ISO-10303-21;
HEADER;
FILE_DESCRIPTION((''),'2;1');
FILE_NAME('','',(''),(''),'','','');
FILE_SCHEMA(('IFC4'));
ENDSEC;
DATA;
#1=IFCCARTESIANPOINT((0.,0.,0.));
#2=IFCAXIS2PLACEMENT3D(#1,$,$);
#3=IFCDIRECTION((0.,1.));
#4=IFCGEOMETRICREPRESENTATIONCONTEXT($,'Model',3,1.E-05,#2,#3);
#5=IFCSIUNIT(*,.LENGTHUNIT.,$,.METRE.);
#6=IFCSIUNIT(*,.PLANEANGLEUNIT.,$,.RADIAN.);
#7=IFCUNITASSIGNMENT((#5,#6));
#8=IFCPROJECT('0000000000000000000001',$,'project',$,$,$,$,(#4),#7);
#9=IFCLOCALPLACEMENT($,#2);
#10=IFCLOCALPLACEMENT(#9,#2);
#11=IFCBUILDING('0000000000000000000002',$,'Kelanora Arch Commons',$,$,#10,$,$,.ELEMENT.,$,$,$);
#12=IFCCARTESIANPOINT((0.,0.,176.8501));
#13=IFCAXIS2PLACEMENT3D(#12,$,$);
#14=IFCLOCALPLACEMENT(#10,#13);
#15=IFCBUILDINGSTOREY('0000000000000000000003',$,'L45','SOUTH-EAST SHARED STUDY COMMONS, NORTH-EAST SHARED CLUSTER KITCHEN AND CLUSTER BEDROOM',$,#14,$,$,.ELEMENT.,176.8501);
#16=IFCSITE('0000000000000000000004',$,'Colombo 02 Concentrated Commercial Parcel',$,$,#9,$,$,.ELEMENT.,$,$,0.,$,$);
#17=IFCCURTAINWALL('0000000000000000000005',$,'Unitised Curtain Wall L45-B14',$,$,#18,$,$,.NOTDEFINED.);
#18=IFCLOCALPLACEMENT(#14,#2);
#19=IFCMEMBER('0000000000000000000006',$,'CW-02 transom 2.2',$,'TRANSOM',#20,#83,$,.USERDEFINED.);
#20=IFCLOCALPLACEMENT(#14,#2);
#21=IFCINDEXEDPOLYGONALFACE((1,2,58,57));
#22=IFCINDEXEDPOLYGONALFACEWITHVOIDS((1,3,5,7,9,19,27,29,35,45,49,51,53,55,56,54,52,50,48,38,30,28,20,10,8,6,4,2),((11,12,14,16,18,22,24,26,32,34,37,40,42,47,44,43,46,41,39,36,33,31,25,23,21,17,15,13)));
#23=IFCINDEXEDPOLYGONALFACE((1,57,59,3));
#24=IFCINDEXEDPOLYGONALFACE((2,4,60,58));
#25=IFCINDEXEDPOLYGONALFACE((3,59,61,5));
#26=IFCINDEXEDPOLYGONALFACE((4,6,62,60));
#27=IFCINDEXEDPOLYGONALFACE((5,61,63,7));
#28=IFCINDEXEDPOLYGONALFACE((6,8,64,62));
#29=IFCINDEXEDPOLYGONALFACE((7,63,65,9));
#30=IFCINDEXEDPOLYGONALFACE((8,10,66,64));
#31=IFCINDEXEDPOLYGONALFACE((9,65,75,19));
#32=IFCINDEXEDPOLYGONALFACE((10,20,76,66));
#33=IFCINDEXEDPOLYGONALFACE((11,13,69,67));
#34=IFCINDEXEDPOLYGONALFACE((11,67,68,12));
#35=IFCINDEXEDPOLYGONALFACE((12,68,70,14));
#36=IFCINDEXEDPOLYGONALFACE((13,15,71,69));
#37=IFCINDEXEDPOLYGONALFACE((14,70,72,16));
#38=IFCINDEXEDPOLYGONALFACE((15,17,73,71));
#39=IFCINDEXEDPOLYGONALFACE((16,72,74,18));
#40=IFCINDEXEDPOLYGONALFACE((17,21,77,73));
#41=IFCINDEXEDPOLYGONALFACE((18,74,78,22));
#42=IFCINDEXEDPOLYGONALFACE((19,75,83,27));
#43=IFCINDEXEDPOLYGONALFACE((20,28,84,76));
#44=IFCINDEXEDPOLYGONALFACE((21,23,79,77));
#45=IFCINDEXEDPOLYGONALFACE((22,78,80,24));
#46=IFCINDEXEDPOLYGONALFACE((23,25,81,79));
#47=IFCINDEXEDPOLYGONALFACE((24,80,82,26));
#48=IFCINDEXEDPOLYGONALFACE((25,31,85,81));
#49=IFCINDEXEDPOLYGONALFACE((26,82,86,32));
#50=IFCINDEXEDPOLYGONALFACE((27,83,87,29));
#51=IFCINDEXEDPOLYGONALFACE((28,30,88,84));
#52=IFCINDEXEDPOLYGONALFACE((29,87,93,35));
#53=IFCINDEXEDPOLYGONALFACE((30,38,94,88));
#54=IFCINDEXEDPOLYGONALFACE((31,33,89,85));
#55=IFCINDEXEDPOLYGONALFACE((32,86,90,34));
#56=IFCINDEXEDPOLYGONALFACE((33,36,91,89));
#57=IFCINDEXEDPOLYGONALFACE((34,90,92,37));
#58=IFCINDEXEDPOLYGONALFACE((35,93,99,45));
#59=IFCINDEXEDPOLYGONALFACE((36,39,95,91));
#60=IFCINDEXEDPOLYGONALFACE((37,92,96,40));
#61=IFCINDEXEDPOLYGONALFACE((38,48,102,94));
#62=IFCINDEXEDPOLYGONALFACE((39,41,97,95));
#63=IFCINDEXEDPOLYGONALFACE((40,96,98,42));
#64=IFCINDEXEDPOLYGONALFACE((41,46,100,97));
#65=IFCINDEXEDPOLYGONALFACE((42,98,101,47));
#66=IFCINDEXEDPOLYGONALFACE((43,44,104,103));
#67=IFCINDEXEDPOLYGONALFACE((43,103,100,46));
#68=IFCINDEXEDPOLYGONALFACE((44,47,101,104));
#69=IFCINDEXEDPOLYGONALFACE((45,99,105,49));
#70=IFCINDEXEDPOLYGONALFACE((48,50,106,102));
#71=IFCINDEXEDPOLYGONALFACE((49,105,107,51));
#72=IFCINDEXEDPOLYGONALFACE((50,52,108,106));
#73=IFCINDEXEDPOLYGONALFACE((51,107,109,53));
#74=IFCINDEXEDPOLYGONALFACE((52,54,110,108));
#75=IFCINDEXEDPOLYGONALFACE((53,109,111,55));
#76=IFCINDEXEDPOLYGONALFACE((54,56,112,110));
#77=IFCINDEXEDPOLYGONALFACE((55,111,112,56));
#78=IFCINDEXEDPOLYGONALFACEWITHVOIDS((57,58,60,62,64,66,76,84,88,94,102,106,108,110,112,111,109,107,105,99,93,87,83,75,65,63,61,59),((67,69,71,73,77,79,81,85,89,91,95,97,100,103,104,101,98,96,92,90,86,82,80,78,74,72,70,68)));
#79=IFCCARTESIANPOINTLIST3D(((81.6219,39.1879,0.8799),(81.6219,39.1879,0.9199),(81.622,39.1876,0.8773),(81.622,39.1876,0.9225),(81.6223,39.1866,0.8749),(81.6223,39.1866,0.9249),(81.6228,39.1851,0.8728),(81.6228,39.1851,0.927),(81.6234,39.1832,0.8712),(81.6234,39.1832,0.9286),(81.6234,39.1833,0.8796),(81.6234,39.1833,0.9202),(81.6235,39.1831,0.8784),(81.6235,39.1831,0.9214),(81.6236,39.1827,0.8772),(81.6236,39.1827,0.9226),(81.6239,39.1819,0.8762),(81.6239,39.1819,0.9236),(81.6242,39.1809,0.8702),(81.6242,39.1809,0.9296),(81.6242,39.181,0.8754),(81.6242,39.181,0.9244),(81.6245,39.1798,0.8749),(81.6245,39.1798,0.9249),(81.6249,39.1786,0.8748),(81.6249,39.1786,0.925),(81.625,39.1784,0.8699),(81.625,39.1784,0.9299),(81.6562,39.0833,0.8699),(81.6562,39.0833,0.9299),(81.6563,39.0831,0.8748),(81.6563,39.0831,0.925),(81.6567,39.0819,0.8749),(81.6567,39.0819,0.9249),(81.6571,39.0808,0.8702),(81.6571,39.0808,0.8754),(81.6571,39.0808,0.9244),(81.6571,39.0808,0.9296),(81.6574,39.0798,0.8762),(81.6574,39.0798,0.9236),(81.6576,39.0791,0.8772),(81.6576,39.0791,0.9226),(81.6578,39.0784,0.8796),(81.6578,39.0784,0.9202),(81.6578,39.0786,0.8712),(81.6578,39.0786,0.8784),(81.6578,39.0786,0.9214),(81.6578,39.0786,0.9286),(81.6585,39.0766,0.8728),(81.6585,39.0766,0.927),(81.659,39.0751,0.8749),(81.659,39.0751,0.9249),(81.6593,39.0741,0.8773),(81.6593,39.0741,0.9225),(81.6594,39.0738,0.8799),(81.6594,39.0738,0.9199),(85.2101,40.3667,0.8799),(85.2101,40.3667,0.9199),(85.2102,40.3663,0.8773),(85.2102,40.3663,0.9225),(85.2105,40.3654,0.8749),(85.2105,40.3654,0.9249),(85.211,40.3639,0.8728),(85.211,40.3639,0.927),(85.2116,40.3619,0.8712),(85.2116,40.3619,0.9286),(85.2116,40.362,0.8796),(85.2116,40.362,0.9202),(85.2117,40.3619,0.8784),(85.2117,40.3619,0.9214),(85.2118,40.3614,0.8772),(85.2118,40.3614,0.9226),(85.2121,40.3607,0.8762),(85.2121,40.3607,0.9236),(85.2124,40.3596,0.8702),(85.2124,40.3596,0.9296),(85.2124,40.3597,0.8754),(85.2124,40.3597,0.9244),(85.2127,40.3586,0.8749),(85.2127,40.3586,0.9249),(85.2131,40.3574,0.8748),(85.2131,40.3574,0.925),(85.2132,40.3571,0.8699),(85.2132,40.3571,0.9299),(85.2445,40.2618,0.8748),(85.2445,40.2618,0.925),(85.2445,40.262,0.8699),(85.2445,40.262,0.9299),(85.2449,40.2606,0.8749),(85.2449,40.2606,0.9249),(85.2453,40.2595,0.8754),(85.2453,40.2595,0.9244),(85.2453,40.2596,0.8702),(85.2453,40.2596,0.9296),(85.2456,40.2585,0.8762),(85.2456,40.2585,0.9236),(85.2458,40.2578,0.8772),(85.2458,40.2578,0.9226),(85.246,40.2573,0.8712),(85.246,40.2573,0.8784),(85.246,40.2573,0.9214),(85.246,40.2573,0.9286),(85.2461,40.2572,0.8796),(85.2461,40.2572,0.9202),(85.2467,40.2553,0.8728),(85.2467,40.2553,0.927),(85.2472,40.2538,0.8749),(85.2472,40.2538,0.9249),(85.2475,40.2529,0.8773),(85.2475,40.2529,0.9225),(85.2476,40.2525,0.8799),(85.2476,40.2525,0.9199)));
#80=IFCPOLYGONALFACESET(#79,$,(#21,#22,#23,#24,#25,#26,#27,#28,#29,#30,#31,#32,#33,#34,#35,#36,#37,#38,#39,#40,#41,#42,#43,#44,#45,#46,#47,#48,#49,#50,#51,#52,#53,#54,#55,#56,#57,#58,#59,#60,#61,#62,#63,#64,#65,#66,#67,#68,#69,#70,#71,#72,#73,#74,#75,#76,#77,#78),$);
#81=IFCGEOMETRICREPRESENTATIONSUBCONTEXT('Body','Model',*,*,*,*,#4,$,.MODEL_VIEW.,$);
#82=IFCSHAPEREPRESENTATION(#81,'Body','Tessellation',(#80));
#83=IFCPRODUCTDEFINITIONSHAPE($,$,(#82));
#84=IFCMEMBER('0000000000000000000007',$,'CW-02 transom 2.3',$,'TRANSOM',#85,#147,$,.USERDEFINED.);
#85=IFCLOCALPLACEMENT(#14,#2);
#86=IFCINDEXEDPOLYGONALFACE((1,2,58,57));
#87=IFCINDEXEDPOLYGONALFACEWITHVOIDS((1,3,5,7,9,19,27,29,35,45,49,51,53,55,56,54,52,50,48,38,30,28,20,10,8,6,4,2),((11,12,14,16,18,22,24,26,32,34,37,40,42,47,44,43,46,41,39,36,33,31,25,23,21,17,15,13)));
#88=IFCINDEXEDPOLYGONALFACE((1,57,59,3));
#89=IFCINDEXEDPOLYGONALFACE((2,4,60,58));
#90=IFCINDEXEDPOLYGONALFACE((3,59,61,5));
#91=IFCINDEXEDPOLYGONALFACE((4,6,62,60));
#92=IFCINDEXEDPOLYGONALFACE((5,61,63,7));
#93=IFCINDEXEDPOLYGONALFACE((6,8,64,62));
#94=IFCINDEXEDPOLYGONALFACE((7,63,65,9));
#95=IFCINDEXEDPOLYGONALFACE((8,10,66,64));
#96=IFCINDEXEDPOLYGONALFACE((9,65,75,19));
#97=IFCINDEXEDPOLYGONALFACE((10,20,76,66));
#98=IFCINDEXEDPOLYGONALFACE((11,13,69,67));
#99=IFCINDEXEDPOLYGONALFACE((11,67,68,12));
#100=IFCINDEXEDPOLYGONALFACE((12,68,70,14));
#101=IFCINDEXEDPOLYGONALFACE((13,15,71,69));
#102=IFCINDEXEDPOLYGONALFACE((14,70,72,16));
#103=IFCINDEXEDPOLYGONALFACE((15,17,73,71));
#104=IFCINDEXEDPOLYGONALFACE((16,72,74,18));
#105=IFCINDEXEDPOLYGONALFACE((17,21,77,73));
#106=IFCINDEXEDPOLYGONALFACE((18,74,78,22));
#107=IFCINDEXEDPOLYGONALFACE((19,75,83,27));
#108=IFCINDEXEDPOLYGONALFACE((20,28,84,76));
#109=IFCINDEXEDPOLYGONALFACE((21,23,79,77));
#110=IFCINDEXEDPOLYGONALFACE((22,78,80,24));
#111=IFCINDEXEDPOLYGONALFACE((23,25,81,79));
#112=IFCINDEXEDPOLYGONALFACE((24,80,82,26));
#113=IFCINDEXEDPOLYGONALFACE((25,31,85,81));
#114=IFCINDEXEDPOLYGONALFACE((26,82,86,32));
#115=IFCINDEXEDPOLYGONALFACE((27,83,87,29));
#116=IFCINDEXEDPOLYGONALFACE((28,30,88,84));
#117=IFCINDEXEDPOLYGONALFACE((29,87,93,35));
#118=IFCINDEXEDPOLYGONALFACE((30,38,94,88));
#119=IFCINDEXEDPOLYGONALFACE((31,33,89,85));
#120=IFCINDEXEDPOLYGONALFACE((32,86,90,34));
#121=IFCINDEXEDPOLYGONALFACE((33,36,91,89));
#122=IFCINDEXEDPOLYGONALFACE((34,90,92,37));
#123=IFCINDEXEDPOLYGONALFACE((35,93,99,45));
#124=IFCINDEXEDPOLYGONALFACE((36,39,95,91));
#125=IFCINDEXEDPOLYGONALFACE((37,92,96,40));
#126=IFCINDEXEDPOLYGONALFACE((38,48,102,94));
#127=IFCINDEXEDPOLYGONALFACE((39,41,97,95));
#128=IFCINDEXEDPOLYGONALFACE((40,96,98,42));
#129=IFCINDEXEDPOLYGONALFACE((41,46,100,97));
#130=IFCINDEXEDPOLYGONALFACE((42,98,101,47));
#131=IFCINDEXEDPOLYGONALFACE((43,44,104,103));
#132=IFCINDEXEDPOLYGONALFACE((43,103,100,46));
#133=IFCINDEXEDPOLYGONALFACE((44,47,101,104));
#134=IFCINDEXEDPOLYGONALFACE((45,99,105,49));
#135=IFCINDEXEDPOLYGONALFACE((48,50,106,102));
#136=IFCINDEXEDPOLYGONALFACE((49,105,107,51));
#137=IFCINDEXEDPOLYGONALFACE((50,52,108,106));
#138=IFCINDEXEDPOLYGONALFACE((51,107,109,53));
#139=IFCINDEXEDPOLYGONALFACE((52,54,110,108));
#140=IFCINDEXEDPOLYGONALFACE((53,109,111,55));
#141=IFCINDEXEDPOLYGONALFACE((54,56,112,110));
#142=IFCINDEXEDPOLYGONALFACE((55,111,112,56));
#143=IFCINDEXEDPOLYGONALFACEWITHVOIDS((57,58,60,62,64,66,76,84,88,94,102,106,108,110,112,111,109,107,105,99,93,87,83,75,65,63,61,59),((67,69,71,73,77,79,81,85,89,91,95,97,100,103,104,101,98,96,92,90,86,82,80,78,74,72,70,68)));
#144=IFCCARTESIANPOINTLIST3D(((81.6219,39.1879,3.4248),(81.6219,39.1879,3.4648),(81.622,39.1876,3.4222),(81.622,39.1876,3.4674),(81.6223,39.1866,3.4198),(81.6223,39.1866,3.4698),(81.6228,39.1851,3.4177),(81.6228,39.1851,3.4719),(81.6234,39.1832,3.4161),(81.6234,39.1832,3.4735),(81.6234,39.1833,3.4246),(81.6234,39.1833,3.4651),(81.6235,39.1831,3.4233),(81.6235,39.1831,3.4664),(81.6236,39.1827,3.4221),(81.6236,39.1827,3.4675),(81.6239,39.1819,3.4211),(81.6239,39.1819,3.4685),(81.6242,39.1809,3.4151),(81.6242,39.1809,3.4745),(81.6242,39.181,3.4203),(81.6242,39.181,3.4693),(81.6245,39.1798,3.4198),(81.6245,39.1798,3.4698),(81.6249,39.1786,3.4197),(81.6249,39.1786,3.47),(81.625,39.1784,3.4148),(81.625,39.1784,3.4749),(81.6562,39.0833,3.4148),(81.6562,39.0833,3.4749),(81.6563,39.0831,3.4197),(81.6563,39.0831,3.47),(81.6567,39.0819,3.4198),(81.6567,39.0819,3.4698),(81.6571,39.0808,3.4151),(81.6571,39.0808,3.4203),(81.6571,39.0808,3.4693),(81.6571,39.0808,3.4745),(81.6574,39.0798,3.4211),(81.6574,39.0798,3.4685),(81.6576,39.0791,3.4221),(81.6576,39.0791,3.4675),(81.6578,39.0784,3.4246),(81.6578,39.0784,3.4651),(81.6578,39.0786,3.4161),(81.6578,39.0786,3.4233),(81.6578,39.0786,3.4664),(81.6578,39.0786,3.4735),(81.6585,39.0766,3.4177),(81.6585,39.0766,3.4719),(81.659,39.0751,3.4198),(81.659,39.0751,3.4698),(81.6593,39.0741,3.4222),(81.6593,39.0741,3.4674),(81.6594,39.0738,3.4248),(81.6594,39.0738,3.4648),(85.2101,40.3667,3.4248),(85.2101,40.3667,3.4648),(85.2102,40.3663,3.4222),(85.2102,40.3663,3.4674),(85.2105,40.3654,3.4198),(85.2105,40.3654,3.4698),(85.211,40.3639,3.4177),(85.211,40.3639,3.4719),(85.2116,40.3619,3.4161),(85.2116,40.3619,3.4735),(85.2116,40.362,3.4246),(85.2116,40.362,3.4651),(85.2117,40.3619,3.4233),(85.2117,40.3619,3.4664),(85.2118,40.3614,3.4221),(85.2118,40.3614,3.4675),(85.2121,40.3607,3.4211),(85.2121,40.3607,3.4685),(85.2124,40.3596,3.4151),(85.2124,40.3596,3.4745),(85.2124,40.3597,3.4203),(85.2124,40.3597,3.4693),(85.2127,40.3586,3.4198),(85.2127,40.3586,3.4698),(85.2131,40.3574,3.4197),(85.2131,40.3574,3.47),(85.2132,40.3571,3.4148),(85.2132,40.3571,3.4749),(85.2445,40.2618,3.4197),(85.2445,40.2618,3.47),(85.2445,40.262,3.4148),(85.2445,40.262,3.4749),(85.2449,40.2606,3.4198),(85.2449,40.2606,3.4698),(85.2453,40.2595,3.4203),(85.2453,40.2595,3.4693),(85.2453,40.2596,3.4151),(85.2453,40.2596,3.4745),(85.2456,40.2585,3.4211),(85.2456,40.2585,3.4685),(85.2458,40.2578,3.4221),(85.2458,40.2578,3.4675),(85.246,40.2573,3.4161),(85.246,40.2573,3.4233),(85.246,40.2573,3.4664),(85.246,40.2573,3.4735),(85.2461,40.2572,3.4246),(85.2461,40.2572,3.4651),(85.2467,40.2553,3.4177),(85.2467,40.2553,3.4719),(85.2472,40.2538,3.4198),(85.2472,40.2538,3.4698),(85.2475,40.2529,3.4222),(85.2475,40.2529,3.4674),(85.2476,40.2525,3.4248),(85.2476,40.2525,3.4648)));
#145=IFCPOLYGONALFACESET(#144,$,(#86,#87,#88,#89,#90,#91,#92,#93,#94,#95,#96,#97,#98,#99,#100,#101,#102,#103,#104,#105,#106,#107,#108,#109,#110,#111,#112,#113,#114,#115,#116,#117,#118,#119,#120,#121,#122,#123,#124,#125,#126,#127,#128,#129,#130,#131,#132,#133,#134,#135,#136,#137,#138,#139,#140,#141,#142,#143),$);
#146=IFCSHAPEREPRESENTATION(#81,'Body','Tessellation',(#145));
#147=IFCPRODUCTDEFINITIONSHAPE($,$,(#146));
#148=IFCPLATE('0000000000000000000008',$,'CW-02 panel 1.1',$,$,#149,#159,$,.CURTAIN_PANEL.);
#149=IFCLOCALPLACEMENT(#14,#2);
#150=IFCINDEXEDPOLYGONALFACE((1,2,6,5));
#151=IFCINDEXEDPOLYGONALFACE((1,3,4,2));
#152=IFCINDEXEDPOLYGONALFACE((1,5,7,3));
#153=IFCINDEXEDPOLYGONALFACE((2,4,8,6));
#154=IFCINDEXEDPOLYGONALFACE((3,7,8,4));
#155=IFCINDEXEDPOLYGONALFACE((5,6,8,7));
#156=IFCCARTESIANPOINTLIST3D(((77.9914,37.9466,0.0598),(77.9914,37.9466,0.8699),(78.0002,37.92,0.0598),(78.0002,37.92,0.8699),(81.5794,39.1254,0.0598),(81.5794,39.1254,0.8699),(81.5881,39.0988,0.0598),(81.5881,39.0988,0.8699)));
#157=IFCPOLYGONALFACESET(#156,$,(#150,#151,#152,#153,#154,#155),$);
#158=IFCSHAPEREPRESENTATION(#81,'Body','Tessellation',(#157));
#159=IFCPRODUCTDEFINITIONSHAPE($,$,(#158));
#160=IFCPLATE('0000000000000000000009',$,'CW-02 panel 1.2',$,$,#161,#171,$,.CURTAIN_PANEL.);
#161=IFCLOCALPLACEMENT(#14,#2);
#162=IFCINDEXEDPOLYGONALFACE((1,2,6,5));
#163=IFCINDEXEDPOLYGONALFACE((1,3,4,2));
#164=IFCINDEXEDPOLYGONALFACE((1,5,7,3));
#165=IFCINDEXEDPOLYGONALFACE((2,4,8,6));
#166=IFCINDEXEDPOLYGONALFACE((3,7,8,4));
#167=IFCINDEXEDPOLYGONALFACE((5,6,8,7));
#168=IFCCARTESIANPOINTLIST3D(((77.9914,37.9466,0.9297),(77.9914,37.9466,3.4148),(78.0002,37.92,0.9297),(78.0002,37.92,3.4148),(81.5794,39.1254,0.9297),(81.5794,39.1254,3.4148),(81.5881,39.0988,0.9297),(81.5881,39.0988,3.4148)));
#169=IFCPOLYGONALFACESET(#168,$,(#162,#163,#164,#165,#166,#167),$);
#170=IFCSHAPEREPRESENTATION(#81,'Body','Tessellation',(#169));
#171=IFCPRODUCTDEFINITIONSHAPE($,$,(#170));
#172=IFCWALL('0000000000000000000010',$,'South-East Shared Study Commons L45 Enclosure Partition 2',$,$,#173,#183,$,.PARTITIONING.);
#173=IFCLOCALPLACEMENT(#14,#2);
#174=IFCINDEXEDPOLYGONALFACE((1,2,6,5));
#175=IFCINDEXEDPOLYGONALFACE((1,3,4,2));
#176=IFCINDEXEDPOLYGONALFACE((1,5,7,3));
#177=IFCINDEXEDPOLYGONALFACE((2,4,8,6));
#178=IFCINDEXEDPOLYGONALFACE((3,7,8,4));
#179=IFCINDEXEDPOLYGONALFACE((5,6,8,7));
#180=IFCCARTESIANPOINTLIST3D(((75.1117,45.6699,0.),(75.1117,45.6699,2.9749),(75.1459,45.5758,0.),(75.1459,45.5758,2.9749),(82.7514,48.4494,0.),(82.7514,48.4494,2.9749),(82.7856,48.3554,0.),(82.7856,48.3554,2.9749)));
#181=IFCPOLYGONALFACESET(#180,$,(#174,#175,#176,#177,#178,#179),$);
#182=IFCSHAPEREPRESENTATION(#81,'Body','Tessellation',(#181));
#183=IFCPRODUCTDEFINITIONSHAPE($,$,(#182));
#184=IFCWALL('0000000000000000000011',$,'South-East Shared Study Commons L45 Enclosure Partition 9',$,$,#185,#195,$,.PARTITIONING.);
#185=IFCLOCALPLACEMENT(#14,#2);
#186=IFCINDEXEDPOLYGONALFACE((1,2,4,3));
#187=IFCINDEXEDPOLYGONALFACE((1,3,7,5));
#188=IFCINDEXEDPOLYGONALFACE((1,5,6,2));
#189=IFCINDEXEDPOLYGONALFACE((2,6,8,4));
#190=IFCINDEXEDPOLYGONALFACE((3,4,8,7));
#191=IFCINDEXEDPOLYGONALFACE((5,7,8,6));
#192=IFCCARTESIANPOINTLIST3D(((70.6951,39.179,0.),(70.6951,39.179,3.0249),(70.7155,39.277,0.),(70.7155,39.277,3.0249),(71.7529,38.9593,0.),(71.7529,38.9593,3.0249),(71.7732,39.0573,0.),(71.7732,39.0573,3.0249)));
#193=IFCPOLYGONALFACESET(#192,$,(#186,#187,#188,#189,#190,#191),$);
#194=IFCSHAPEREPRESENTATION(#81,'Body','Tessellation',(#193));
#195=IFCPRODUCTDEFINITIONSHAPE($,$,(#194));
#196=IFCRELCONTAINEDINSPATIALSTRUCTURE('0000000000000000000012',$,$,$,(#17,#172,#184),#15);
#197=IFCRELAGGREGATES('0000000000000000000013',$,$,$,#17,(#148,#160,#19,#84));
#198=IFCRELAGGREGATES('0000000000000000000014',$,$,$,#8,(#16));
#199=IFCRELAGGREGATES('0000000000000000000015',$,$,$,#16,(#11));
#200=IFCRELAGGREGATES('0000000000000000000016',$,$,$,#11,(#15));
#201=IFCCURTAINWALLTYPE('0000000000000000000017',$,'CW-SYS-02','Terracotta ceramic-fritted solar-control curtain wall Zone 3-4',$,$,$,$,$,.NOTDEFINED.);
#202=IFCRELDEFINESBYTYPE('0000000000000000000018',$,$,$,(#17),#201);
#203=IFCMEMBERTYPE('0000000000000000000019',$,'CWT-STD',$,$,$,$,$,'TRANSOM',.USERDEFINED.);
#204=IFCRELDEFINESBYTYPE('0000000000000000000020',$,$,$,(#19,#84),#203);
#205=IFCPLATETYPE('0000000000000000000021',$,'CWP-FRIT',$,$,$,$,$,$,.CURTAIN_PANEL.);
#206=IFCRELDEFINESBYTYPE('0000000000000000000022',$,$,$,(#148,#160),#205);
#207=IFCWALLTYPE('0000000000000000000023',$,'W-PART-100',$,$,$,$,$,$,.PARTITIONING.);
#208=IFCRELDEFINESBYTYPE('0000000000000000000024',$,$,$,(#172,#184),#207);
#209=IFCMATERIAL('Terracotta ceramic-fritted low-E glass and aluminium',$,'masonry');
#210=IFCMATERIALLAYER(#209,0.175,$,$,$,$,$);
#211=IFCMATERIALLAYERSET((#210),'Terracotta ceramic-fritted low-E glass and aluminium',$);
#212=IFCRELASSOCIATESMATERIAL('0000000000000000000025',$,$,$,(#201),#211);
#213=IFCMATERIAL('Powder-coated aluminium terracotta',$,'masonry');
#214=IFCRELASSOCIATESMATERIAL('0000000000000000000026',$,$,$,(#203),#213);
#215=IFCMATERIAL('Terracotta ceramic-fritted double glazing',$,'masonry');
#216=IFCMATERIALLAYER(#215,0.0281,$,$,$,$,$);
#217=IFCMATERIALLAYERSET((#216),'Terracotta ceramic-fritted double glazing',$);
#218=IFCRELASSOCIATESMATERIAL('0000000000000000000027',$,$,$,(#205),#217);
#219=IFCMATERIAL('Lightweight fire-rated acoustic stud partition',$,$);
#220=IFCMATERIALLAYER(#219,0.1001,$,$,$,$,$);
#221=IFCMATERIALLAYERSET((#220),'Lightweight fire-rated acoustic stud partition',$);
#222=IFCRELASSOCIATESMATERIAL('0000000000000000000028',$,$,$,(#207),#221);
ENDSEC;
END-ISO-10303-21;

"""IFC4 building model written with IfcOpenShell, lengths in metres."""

from ifc_helpers import new_model, si_unit, direction, frame, frame_2d, origin, origin_2d, place, context, subcontext, project, spatial, rectangle, hollow_rectangle, extrude, source, transform, mapped, material, layer, layer_set, material_profile, profile_set, type_object, element, aggregate, save


model = new_model("IFC4")

# Units and contexts
model_context = context("Model", 3, precision=1e-05, world=origin(), true_north=direction((0.0, 1.0)))
body_context = subcontext(model_context, "Body", "Model", "MODEL_VIEW")
ifc_project = project(units=[si_unit("LENGTHUNIT", "METRE"), si_unit("PLANEANGLEUNIT", "RADIAN")], contexts=[model_context])

# Site, building, storey
site_placement = place(None, origin())
site = spatial("IfcSite", under=ifc_project, at=site_placement, Name="Colombo 02 Concentrated Commercial Parcel", CompositionType="ELEMENT", RefElevation=0.0)
building_placement = place(site_placement, origin())
building = spatial("IfcBuilding", under=site, at=building_placement, Name="Kelanora Arch Commons", CompositionType="ELEMENT")
storey_placement = place(building_placement, frame((0.0, 0.0, 176.8501)))
storey = spatial("IfcBuildingStorey", under=building, at=storey_placement, Name="L45", Description="SOUTH-EAST SHARED STUDY COMMONS, NORTH-EAST SHARED CLUSTER KITCHEN AND CLUSTER BEDROOM", CompositionType="ELEMENT", Elevation=176.8501)

# Curtain wall, members, plates
ifc_material_1 = material(Name="Terracotta ceramic-fritted low-E glass and aluminium", Category="masonry")
ifc_layer_1 = layer(ifc_material_1, 0.175)
ifc_layer_set_1 = layer_set([ifc_layer_1], Name="Terracotta ceramic-fritted low-E glass and aluminium")
curtain_wall_type = type_object("IfcCurtainWallType", Name="CW-SYS-02", Description="Terracotta ceramic-fritted solar-control curtain wall Zone 3-4", PredefinedType="NOTDEFINED", material=ifc_layer_set_1)
curtain_wall_placement = place(storey_placement, origin())
curtain_wall = element("IfcCurtainWall", 1, at=curtain_wall_placement, inside=storey, type_object=curtain_wall_type, Name="Unitised Curtain Wall L45-B14", PredefinedType="NOTDEFINED")
ifc_material_2 = material(Name="Powder-coated aluminium terracotta", Category="masonry")
ifc_material_profile_1 = material_profile(ifc_material_2, hollow_rectangle(XDim=0.1201, YDim=0.0601, WallThickness=0.0049, InnerFilletRadius=0.0049, OuterFilletRadius=0.01, at=origin_2d()), Name="CWT120x60")
ifc_profile_set_1 = profile_set([ifc_material_profile_1], Name="Powder-coated aluminium terracotta")
member_type_1 = type_object("IfcMemberType", Name="CWT-STD", ElementType="TRANSOM", PredefinedType="USERDEFINED", material=ifc_profile_set_1)
member_1_placement = place(storey_placement, frame((81.6406, 39.1309, 0.8999), z_axis=(0.950051, 0.312094, 0.0), x_axis=(-0.312094, 0.950051, 0.0)))
member_1 = element("IfcMember", 2, at=member_1_placement, type_object=member_type_1, Name="CW-02 transom 2.2", ObjectType="TRANSOM", PredefinedType="USERDEFINED", context=body_context, shape_type="SweptSolid", body=[
    extrude(hollow_rectangle(XDim=0.1201, YDim=0.0601, WallThickness=0.0049, InnerFilletRadius=0.0049, OuterFilletRadius=0.01, at=origin_2d()), origin(), (0.0, 0.0, 1.0), 3.7769),
])
member_2_placement = place(storey_placement, frame((81.6406, 39.1309, 3.4448), z_axis=(0.950051, 0.312094, 0.0), x_axis=(-0.312094, 0.950051, 0.0)))
member_2 = element("IfcMember", 3, at=member_2_placement, type_object=member_type_1, Name="CW-02 transom 2.3", ObjectType="TRANSOM", PredefinedType="USERDEFINED", context=body_context, shape_type="SweptSolid", body=[
    extrude(hollow_rectangle(XDim=0.1201, YDim=0.0601, WallThickness=0.0049, InnerFilletRadius=0.0049, OuterFilletRadius=0.01, at=origin_2d()), origin(), (0.0, 0.0, 1.0), 3.7769),
])
ifc_material_3 = material(Name="Terracotta ceramic-fritted double glazing", Category="masonry")
ifc_layer_2 = layer(ifc_material_3, 0.0281)
ifc_layer_set_2 = layer_set([ifc_layer_2], Name="Terracotta ceramic-fritted double glazing")
plate_type = type_object("IfcPlateType", Name="CWP-FRIT", PredefinedType="CURTAIN_PANEL", material=ifc_layer_set_2)
shared_shape_1 = source(origin(), body_context, "Body", "SweptSolid", [
    extrude(rectangle(XDim=3.7766, YDim=0.0281, at=origin_2d()), origin(), (0.0, 0.0, 1.0), 0.8101),
])
plate_1_placement = place(storey_placement, frame((79.7898, 38.5227, 0.0598), z_axis=(0.0, 0.0, 1.0), x_axis=(0.95004, 0.312128, 0.0)))
plate_1 = element("IfcPlate", 4, at=plate_1_placement, type_object=plate_type, Name="CW-02 panel 1.1", PredefinedType="CURTAIN_PANEL", context=body_context, shape_type="MappedRepresentation", body=[
    mapped(shared_shape_1, transform((0.0, 0.0, 0.0), scale=1.0)),
])
shared_shape_2 = source(origin(), body_context, "Body", "SweptSolid", [
    extrude(rectangle(XDim=3.7766, YDim=0.0281, at=origin_2d()), origin(), (0.0, 0.0, 1.0), 2.4851),
])
plate_2_placement = place(storey_placement, frame((79.7898, 38.5227, 0.9297), z_axis=(0.0, 0.0, 1.0), x_axis=(0.95004, 0.312128, 0.0)))
plate_2 = element("IfcPlate", 5, at=plate_2_placement, type_object=plate_type, Name="CW-02 panel 1.2", PredefinedType="CURTAIN_PANEL", context=body_context, shape_type="MappedRepresentation", body=[
    mapped(shared_shape_2, transform((0.0, 0.0, 0.0), scale=1.0)),
])
aggregate(curtain_wall, [plate_1, plate_2, member_1, member_2])

# Walls
ifc_material_4 = material(Name="Lightweight fire-rated acoustic stud partition")
ifc_layer_3 = layer(ifc_material_4, 0.1001)
ifc_layer_set_3 = layer_set([ifc_layer_3], Name="Lightweight fire-rated acoustic stud partition")
wall_type = type_object("IfcWallType", Name="W-PART-100", PredefinedType="PARTITIONING", material=ifc_layer_set_3)
wall_1_placement = place(storey_placement, frame((75.1287, 45.6228, 0.0), z_axis=(0.0, 0.0, 1.0), x_axis=(0.939735, 0.341905, 0.0)))
element("IfcWall", 6, at=wall_1_placement, inside=storey, type_object=wall_type, Name="South-East Shared Study Commons L45 Enclosure Partition 2", PredefinedType="PARTITIONING", context=body_context, shape_type="SweptSolid", body=[
    extrude(rectangle(XDim=8.1296, YDim=0.1001, at=frame_2d((4.0649, 0.0))), origin(), (0.0, 0.0, 1.0), 2.9749),
])
wall_2_placement = place(storey_placement, frame((71.7629, 39.0083, 0.0), z_axis=(0.0, 0.0, 1.0), x_axis=(-0.979102, 0.203368, 0.0)))
element("IfcWall", 7, at=wall_2_placement, inside=storey, type_object=wall_type, Name="South-East Shared Study Commons L45 Enclosure Partition 9", PredefinedType="PARTITIONING", context=body_context, shape_type="SweptSolid", body=[
    extrude(rectangle(XDim=1.0803, YDim=0.1001, at=frame_2d((0.54, 0.0))), origin(), (0.0, 0.0, 1.0), 3.0249),
])

save(model, "model.ifc")
